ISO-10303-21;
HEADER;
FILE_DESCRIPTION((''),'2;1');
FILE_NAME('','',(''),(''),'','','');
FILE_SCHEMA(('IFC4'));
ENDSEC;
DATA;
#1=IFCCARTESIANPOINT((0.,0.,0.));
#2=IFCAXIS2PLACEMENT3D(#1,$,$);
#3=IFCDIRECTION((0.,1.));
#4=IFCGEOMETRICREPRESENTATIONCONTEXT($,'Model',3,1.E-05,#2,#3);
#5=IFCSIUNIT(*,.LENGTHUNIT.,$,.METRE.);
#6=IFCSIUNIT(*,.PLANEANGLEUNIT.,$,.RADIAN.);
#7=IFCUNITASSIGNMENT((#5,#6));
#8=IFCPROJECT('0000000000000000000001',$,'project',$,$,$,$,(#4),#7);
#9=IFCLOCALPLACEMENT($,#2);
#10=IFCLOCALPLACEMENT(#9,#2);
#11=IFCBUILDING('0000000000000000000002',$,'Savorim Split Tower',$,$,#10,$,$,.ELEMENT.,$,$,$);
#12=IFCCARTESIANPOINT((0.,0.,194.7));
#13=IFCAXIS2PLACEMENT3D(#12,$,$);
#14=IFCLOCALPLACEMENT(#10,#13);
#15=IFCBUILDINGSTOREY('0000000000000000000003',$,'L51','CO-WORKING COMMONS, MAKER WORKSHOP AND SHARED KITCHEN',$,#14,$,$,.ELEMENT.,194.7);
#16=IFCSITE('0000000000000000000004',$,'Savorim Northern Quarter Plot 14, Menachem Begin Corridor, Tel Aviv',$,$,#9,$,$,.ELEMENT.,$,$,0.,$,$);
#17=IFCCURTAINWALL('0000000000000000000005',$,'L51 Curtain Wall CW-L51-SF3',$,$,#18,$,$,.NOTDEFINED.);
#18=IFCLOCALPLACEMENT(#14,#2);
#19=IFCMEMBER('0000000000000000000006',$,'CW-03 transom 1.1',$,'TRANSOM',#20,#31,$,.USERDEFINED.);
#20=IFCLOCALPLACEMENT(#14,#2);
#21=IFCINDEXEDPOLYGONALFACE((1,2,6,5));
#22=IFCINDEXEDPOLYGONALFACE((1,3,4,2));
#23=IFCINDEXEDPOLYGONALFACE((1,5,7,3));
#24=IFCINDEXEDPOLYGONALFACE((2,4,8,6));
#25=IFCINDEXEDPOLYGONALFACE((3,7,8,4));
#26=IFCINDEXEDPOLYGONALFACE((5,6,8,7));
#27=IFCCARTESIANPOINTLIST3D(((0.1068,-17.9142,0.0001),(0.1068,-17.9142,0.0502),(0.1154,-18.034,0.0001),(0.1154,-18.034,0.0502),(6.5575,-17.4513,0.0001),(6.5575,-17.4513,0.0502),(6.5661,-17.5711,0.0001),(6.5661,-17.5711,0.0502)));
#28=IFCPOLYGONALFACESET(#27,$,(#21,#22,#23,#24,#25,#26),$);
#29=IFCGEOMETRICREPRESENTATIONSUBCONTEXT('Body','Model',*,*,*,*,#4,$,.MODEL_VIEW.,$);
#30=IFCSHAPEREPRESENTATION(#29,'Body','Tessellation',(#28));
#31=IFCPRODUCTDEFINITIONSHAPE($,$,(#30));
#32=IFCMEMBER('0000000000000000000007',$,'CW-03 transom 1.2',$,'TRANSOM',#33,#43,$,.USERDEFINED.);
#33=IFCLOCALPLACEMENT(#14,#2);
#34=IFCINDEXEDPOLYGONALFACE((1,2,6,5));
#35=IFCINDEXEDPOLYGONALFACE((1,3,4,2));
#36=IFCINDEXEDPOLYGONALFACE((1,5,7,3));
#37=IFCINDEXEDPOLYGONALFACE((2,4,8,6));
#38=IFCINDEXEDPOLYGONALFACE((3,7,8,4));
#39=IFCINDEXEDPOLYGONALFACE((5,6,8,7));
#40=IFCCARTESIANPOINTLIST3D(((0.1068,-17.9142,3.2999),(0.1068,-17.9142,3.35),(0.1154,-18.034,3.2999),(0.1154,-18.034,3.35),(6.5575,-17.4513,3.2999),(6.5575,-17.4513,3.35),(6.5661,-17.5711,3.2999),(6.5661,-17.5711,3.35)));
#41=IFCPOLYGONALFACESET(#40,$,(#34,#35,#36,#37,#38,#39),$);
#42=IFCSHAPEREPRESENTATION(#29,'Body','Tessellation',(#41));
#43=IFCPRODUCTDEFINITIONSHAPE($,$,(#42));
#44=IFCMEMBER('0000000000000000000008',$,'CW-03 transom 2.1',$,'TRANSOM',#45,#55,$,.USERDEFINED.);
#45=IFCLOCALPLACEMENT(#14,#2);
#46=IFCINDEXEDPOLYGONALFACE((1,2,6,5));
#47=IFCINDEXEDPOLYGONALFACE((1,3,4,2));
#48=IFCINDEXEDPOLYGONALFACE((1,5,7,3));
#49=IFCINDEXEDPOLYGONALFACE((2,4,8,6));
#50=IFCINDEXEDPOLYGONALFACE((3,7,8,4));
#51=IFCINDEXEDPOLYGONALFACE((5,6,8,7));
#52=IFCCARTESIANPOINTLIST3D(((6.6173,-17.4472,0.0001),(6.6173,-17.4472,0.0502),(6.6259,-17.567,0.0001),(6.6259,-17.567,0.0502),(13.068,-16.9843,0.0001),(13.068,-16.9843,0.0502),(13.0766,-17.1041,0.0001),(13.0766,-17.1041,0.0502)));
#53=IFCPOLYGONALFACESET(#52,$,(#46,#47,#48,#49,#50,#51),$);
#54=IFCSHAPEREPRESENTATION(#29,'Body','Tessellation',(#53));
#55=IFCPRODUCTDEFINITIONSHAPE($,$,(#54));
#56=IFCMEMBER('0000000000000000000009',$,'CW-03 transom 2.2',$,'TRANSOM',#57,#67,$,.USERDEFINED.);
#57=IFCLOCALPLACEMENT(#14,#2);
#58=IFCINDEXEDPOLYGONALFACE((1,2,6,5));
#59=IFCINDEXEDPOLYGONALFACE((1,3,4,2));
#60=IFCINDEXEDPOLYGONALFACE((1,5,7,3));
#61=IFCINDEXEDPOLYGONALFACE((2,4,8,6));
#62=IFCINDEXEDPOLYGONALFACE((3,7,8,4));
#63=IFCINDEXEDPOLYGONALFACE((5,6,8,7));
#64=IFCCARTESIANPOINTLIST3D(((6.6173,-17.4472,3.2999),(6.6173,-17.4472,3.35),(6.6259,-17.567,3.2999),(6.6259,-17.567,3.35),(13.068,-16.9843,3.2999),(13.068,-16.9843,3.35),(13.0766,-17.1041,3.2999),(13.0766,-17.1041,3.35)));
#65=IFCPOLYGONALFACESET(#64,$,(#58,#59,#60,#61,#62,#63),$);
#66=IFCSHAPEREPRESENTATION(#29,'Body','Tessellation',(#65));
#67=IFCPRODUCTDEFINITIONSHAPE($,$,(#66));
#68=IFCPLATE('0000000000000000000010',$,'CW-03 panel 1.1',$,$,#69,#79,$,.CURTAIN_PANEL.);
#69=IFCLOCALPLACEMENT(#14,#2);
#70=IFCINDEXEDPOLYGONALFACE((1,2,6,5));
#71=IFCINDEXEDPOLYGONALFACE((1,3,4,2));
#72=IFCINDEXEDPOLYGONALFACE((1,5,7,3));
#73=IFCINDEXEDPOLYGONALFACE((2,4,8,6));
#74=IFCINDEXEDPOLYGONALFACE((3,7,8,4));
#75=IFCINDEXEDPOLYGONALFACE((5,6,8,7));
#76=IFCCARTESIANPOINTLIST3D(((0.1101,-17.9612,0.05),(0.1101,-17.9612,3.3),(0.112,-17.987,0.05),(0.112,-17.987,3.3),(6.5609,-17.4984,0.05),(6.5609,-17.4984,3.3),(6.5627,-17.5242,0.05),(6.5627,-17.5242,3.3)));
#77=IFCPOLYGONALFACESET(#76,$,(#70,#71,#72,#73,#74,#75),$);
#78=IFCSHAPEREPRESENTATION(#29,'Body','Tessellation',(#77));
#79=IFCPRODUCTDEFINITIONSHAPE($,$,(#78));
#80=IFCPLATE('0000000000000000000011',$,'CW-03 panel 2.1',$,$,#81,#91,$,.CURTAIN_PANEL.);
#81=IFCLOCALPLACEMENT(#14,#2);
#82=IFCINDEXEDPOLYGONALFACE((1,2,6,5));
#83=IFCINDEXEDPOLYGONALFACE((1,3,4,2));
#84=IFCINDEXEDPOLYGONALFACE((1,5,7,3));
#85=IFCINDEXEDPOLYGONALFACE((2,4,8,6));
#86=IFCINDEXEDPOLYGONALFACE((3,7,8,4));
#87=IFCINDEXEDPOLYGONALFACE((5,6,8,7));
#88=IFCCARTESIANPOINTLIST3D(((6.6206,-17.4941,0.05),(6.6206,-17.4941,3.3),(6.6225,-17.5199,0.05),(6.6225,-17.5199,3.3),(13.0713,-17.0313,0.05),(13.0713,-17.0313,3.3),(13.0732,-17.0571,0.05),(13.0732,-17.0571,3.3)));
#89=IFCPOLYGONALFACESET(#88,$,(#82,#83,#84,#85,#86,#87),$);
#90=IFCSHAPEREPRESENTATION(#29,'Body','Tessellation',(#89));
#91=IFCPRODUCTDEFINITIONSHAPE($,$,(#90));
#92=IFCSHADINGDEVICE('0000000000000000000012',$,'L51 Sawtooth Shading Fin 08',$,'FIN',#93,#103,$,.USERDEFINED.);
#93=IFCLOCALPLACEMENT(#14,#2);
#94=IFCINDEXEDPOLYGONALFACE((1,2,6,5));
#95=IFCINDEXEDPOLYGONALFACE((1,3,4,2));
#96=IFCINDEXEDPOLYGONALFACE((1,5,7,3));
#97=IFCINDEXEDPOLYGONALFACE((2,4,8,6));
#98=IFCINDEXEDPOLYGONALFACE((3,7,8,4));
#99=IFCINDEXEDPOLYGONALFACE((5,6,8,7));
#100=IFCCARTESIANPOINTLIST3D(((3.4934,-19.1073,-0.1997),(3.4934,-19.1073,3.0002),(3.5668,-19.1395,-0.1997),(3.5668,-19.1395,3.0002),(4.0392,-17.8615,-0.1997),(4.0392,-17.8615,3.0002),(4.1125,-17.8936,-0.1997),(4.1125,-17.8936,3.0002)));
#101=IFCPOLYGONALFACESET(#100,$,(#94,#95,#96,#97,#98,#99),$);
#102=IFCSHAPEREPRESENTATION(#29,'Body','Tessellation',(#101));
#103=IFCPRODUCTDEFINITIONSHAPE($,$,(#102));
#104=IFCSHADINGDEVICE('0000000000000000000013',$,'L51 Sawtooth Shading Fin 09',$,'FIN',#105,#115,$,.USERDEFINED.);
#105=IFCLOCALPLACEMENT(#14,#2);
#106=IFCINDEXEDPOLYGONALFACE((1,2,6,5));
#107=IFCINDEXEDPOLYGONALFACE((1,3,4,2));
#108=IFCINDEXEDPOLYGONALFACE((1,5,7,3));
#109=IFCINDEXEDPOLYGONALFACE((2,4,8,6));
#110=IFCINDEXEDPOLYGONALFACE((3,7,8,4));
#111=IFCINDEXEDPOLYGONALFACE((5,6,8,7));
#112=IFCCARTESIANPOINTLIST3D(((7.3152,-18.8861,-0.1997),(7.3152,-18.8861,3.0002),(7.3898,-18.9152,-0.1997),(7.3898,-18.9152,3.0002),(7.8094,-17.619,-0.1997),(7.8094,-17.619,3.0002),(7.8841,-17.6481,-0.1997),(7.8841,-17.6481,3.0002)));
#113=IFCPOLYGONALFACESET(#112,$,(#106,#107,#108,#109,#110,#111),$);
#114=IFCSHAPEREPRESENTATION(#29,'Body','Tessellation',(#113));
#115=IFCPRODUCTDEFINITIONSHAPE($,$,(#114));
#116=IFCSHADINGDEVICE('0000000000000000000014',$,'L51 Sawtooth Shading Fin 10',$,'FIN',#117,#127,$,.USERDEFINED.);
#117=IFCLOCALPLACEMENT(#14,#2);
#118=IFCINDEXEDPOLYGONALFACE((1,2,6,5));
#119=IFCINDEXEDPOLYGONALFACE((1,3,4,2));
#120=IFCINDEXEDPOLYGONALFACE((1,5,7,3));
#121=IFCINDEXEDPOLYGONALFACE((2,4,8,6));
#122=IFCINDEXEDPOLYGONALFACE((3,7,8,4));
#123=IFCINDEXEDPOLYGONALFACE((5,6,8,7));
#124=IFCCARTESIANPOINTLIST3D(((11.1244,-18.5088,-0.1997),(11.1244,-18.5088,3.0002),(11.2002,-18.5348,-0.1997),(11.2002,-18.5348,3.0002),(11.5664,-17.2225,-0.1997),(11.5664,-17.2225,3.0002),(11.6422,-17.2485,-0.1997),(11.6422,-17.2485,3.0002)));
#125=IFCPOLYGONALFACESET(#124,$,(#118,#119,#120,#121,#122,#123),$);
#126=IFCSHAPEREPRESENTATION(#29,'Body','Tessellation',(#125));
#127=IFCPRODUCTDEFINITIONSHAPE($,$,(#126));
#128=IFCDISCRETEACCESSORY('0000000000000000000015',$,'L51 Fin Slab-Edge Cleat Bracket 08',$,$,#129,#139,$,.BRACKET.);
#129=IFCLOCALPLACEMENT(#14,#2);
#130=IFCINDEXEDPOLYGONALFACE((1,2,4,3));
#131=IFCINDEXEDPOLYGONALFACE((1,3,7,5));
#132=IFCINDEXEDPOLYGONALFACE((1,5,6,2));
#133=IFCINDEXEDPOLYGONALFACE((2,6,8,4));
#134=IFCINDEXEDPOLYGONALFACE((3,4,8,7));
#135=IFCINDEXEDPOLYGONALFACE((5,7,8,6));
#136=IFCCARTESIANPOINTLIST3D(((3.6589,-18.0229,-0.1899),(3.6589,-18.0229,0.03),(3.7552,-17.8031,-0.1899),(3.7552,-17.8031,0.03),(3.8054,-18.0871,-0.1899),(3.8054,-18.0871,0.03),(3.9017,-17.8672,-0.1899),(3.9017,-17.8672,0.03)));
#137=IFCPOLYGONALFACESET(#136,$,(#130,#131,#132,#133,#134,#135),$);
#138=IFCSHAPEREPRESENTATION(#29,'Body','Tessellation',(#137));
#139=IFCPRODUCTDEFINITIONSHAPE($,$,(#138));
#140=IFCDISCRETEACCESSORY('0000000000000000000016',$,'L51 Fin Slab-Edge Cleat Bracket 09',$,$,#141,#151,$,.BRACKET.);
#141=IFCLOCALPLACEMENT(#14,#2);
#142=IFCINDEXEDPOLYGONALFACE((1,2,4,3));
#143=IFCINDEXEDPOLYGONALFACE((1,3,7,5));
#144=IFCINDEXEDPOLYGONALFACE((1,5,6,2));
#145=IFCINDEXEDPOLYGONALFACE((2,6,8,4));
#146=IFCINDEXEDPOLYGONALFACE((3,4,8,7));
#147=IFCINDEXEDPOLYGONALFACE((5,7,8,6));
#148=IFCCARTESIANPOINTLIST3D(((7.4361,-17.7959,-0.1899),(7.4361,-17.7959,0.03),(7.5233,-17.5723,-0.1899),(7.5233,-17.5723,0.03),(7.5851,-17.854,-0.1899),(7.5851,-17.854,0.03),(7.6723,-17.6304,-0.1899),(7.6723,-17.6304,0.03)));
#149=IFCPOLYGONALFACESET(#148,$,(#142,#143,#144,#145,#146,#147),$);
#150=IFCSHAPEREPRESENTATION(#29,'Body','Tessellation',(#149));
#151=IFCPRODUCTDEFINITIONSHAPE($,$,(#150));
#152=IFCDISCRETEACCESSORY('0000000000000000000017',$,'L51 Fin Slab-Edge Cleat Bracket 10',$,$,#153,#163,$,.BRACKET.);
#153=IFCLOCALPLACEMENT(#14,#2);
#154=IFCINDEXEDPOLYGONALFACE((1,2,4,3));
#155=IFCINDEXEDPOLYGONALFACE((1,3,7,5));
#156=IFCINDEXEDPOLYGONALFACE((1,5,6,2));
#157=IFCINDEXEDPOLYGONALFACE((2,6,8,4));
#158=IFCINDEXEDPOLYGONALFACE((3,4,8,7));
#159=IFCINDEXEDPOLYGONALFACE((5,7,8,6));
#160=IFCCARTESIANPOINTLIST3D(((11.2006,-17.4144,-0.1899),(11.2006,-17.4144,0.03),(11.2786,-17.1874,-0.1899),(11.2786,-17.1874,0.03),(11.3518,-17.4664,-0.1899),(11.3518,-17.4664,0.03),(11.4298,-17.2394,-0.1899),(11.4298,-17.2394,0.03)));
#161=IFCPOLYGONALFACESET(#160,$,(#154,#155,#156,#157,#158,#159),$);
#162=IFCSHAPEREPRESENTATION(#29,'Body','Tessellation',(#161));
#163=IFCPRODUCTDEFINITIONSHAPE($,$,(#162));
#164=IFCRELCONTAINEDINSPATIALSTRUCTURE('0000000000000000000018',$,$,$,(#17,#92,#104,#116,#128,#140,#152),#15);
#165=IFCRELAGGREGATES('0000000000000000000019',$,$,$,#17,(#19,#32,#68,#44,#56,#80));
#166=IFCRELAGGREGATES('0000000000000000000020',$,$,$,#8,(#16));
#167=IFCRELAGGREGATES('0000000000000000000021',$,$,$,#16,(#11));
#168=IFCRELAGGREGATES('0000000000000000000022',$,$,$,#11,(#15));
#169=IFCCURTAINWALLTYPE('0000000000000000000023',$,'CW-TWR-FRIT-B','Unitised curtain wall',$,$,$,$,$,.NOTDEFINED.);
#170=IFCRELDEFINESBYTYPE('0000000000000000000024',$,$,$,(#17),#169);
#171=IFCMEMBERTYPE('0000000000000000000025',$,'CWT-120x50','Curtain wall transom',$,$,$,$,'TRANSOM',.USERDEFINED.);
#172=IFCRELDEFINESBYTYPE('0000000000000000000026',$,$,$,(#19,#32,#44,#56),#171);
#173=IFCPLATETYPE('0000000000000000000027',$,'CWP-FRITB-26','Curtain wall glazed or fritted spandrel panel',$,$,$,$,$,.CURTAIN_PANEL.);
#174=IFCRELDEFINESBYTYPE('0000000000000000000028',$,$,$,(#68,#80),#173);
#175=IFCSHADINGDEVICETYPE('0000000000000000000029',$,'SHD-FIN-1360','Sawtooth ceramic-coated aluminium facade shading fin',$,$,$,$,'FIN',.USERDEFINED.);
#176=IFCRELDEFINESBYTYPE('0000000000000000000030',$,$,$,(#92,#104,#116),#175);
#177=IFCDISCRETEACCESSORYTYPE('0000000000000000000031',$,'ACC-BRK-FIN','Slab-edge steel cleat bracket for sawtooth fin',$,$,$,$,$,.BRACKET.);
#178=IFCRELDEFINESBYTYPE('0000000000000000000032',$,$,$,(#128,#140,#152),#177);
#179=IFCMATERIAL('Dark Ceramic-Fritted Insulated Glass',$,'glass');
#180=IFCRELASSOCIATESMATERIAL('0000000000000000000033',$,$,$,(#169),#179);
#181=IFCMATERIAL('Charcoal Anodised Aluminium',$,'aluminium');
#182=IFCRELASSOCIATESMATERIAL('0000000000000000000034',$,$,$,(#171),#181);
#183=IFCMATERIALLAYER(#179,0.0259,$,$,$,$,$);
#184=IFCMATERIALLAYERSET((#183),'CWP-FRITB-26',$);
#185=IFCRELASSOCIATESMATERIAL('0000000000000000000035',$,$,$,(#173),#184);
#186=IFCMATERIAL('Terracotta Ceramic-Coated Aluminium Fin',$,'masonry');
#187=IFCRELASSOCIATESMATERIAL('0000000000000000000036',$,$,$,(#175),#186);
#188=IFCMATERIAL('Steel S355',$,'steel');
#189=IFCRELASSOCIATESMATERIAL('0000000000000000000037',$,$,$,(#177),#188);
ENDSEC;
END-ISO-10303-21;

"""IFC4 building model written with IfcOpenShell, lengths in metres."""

from ifc_helpers import new_model, si_unit, direction, frame, origin, origin_2d, place, context, subcontext, project, spatial, rectangle, extrude, material, layer, layer_set, material_profile, profile_set, type_object, element, aggregate, save


model = new_model("IFC4")

# Units and contexts
model_context = context("Model", 3, precision=1e-05, world=origin(), true_north=direction((0.0, 1.0)))
body_context = subcontext(model_context, "Body", "Model", "MODEL_VIEW")
ifc_project = project(units=[si_unit("LENGTHUNIT", "METRE"), si_unit("PLANEANGLEUNIT", "RADIAN")], contexts=[model_context])

# Site, building, storey
site_placement = place(None, origin())
site = spatial("IfcSite", under=ifc_project, at=site_placement, Name="Savorim Northern Quarter Plot 14, Menachem Begin Corridor, Tel Aviv", CompositionType="ELEMENT", RefElevation=0.0)
building_placement = place(site_placement, origin())
building = spatial("IfcBuilding", under=site, at=building_placement, Name="Savorim Split Tower", CompositionType="ELEMENT")
storey_placement = place(building_placement, frame((0.0, 0.0, 194.7)))
storey = spatial("IfcBuildingStorey", under=building, at=storey_placement, Name="L51", Description="CO-WORKING COMMONS, MAKER WORKSHOP AND SHARED KITCHEN", CompositionType="ELEMENT", Elevation=194.7)

# Shared definitions
ifc_material_1 = material(Name="Steel S355", Category="steel")

# Curtain wall, members, plates
ifc_material_2 = material(Name="Dark Ceramic-Fritted Insulated Glass", Category="glass")
curtain_wall_type = type_object("IfcCurtainWallType", Name="CW-TWR-FRIT-B", Description="Unitised curtain wall", PredefinedType="NOTDEFINED", material=ifc_material_2)
curtain_wall_placement = place(storey_placement, origin())
curtain_wall = element("IfcCurtainWall", 1, at=curtain_wall_placement, inside=storey, type_object=curtain_wall_type, Name="L51 Curtain Wall CW-L51-SF3", PredefinedType="NOTDEFINED")
ifc_material_3 = material(Name="Charcoal Anodised Aluminium", Category="aluminium")
ifc_material_profile_1 = material_profile(ifc_material_3, rectangle(XDim=0.1201, YDim=0.05, at=origin_2d()), Name="ALU-T 120x50")
ifc_profile_set_1 = profile_set([ifc_material_profile_1], Name="Charcoal Anodised Aluminium")
member_type_1 = type_object("IfcMemberType", Name="CWT-120x50", Description="Curtain wall transom", ElementType="TRANSOM", PredefinedType="USERDEFINED", material=ifc_profile_set_1)
member_1_placement = place(storey_placement, frame((0.1111, -17.9741, 0.0251), z_axis=(0.997435, 0.071574, 0.0), x_axis=(-0.071574, 0.997435, 0.0)))
member_1 = element("IfcMember", 2, at=member_1_placement, type_object=member_type_1, Name="CW-03 transom 1.1", ObjectType="TRANSOM", PredefinedType="USERDEFINED", context=body_context, shape_type="SweptSolid", body=[
    extrude(rectangle(XDim=0.1201, YDim=0.05, at=origin_2d()), origin(), (0.0, 0.0, 1.0), 6.4673),
])
member_2_placement = place(storey_placement, frame((0.1111, -17.9741, 3.325), z_axis=(0.997435, 0.071574, 0.0), x_axis=(-0.071574, 0.997435, 0.0)))
member_2 = element("IfcMember", 3, at=member_2_placement, type_object=member_type_1, Name="CW-03 transom 1.2", ObjectType="TRANSOM", PredefinedType="USERDEFINED", context=body_context, shape_type="SweptSolid", body=[
    extrude(rectangle(XDim=0.1201, YDim=0.05, at=origin_2d()), origin(), (0.0, 0.0, 1.0), 6.4673),
])
member_3_placement = place(storey_placement, frame((6.6216, -17.5071, 0.0251), z_axis=(0.997435, 0.071574, 0.0), x_axis=(-0.071574, 0.997435, 0.0)))
member_3 = element("IfcMember", 4, at=member_3_placement, type_object=member_type_1, Name="CW-03 transom 2.1", ObjectType="TRANSOM", PredefinedType="USERDEFINED", context=body_context, shape_type="SweptSolid", body=[
    extrude(rectangle(XDim=0.1201, YDim=0.05, at=origin_2d()), origin(), (0.0, 0.0, 1.0), 6.4673),
])
member_4_placement = place(storey_placement, frame((6.6216, -17.5071, 3.325), z_axis=(0.997435, 0.071574, 0.0), x_axis=(-0.071574, 0.997435, 0.0)))
member_4 = element("IfcMember", 5, at=member_4_placement, type_object=member_type_1, Name="CW-03 transom 2.2", ObjectType="TRANSOM", PredefinedType="USERDEFINED", context=body_context, shape_type="SweptSolid", body=[
    extrude(rectangle(XDim=0.1201, YDim=0.05, at=origin_2d()), origin(), (0.0, 0.0, 1.0), 6.4673),
])
ifc_layer = layer(ifc_material_2, 0.0259)
ifc_layer_set = layer_set([ifc_layer], Name="CWP-FRITB-26")
plate_type = type_object("IfcPlateType", Name="CWP-FRITB-26", Description="Curtain wall glazed or fritted spandrel panel", PredefinedType="CURTAIN_PANEL", material=ifc_layer_set)
plate_1_placement = place(storey_placement, frame((3.3364, -17.7427, 0.05), z_axis=(0.0, 0.0, 1.0), x_axis=(0.997436, 0.071562, 0.0)))
plate_1 = element("IfcPlate", 6, at=plate_1_placement, type_object=plate_type, Name="CW-03 panel 1.1", PredefinedType="CURTAIN_PANEL", context=body_context, shape_type="SweptSolid", body=[
    extrude(rectangle(XDim=6.4673, YDim=0.0259, at=origin_2d()), origin(), (0.0, 0.0, 1.0), 3.25),
])
plate_2_placement = place(storey_placement, frame((9.8469, -17.2756, 0.05), z_axis=(0.0, 0.0, 1.0), x_axis=(0.997436, 0.071562, 0.0)))
plate_2 = element("IfcPlate", 7, at=plate_2_placement, type_object=plate_type, Name="CW-03 panel 2.1", PredefinedType="CURTAIN_PANEL", context=body_context, shape_type="SweptSolid", body=[
    extrude(rectangle(XDim=6.4673, YDim=0.0259, at=origin_2d()), origin(), (0.0, 0.0, 1.0), 3.25),
])
aggregate(curtain_wall, [member_1, member_2, plate_1, member_3, member_4, plate_2])

# Shading devices
ifc_material_4 = material(Name="Terracotta Ceramic-Coated Aluminium Fin", Category="masonry")
shading_device_type = type_object("IfcShadingDeviceType", Name="SHD-FIN-1360", Description="Sawtooth ceramic-coated aluminium facade shading fin", ElementType="FIN", PredefinedType="USERDEFINED", material=ifc_material_4)
for number, where, z_axis, x_axis, name in (
    (8, (3.803, -18.5005, -0.1997), (0.0, 0.0, 1.0), (-0.40123, -0.915977, 0.0), "L51 Sawtooth Shading Fin 08"),
    (9, (7.5996, -18.2671, -0.1997), (0.0, 0.0, 1.0), (-0.363415, -0.931627, 0.0), "L51 Sawtooth Shading Fin 09"),
    (10, (11.3833, -17.8787, -0.1997), (0.0, 0.0, 1.0), (-0.324994, -0.945716, 0.0), "L51 Sawtooth Shading Fin 10"),
):
    element("IfcShadingDevice", number, at=place(storey_placement, frame(where, z_axis=z_axis, x_axis=x_axis)), inside=storey, type_object=shading_device_type, Name=name, ObjectType="FIN", PredefinedType="USERDEFINED", context=body_context, shape_type="SweptSolid", body=[
        extrude(rectangle(XDim=1.3601, YDim=0.0801, at=origin_2d()), origin(), (0.0, 0.0, 1.0), 3.2),
    ])

# Discrete accessories
discrete_accessory_type = type_object("IfcDiscreteAccessoryType", Name="ACC-BRK-FIN", Description="Slab-edge steel cleat bracket for sawtooth fin", PredefinedType="BRACKET", material=ifc_material_1)
for number, where, z_axis, x_axis, name in (
    (11, (3.7803, -17.9451, -0.1899), (0.0, 0.0, 1.0), (-0.40123, -0.915977, 0.0), "L51 Fin Slab-Edge Cleat Bracket 08"),
    (12, (7.5542, -17.7131, -0.1899), (0.0, 0.0, 1.0), (-0.363415, -0.931627, 0.0), "L51 Fin Slab-Edge Cleat Bracket 09"),
    (13, (11.3152, -17.3269, -0.1899), (0.0, 0.0, 1.0), (-0.324994, -0.945716, 0.0), "L51 Fin Slab-Edge Cleat Bracket 10"),
):
    element("IfcDiscreteAccessory", number, at=place(storey_placement, frame(where, z_axis=z_axis, x_axis=x_axis)), inside=storey, type_object=discrete_accessory_type, Name=name, PredefinedType="BRACKET", context=body_context, shape_type="SweptSolid", body=[
        extrude(rectangle(XDim=0.24, YDim=0.1599, at=origin_2d()), origin(), (0.0, 0.0, 1.0), 0.22),
    ])

save(model, "model.ifc")
